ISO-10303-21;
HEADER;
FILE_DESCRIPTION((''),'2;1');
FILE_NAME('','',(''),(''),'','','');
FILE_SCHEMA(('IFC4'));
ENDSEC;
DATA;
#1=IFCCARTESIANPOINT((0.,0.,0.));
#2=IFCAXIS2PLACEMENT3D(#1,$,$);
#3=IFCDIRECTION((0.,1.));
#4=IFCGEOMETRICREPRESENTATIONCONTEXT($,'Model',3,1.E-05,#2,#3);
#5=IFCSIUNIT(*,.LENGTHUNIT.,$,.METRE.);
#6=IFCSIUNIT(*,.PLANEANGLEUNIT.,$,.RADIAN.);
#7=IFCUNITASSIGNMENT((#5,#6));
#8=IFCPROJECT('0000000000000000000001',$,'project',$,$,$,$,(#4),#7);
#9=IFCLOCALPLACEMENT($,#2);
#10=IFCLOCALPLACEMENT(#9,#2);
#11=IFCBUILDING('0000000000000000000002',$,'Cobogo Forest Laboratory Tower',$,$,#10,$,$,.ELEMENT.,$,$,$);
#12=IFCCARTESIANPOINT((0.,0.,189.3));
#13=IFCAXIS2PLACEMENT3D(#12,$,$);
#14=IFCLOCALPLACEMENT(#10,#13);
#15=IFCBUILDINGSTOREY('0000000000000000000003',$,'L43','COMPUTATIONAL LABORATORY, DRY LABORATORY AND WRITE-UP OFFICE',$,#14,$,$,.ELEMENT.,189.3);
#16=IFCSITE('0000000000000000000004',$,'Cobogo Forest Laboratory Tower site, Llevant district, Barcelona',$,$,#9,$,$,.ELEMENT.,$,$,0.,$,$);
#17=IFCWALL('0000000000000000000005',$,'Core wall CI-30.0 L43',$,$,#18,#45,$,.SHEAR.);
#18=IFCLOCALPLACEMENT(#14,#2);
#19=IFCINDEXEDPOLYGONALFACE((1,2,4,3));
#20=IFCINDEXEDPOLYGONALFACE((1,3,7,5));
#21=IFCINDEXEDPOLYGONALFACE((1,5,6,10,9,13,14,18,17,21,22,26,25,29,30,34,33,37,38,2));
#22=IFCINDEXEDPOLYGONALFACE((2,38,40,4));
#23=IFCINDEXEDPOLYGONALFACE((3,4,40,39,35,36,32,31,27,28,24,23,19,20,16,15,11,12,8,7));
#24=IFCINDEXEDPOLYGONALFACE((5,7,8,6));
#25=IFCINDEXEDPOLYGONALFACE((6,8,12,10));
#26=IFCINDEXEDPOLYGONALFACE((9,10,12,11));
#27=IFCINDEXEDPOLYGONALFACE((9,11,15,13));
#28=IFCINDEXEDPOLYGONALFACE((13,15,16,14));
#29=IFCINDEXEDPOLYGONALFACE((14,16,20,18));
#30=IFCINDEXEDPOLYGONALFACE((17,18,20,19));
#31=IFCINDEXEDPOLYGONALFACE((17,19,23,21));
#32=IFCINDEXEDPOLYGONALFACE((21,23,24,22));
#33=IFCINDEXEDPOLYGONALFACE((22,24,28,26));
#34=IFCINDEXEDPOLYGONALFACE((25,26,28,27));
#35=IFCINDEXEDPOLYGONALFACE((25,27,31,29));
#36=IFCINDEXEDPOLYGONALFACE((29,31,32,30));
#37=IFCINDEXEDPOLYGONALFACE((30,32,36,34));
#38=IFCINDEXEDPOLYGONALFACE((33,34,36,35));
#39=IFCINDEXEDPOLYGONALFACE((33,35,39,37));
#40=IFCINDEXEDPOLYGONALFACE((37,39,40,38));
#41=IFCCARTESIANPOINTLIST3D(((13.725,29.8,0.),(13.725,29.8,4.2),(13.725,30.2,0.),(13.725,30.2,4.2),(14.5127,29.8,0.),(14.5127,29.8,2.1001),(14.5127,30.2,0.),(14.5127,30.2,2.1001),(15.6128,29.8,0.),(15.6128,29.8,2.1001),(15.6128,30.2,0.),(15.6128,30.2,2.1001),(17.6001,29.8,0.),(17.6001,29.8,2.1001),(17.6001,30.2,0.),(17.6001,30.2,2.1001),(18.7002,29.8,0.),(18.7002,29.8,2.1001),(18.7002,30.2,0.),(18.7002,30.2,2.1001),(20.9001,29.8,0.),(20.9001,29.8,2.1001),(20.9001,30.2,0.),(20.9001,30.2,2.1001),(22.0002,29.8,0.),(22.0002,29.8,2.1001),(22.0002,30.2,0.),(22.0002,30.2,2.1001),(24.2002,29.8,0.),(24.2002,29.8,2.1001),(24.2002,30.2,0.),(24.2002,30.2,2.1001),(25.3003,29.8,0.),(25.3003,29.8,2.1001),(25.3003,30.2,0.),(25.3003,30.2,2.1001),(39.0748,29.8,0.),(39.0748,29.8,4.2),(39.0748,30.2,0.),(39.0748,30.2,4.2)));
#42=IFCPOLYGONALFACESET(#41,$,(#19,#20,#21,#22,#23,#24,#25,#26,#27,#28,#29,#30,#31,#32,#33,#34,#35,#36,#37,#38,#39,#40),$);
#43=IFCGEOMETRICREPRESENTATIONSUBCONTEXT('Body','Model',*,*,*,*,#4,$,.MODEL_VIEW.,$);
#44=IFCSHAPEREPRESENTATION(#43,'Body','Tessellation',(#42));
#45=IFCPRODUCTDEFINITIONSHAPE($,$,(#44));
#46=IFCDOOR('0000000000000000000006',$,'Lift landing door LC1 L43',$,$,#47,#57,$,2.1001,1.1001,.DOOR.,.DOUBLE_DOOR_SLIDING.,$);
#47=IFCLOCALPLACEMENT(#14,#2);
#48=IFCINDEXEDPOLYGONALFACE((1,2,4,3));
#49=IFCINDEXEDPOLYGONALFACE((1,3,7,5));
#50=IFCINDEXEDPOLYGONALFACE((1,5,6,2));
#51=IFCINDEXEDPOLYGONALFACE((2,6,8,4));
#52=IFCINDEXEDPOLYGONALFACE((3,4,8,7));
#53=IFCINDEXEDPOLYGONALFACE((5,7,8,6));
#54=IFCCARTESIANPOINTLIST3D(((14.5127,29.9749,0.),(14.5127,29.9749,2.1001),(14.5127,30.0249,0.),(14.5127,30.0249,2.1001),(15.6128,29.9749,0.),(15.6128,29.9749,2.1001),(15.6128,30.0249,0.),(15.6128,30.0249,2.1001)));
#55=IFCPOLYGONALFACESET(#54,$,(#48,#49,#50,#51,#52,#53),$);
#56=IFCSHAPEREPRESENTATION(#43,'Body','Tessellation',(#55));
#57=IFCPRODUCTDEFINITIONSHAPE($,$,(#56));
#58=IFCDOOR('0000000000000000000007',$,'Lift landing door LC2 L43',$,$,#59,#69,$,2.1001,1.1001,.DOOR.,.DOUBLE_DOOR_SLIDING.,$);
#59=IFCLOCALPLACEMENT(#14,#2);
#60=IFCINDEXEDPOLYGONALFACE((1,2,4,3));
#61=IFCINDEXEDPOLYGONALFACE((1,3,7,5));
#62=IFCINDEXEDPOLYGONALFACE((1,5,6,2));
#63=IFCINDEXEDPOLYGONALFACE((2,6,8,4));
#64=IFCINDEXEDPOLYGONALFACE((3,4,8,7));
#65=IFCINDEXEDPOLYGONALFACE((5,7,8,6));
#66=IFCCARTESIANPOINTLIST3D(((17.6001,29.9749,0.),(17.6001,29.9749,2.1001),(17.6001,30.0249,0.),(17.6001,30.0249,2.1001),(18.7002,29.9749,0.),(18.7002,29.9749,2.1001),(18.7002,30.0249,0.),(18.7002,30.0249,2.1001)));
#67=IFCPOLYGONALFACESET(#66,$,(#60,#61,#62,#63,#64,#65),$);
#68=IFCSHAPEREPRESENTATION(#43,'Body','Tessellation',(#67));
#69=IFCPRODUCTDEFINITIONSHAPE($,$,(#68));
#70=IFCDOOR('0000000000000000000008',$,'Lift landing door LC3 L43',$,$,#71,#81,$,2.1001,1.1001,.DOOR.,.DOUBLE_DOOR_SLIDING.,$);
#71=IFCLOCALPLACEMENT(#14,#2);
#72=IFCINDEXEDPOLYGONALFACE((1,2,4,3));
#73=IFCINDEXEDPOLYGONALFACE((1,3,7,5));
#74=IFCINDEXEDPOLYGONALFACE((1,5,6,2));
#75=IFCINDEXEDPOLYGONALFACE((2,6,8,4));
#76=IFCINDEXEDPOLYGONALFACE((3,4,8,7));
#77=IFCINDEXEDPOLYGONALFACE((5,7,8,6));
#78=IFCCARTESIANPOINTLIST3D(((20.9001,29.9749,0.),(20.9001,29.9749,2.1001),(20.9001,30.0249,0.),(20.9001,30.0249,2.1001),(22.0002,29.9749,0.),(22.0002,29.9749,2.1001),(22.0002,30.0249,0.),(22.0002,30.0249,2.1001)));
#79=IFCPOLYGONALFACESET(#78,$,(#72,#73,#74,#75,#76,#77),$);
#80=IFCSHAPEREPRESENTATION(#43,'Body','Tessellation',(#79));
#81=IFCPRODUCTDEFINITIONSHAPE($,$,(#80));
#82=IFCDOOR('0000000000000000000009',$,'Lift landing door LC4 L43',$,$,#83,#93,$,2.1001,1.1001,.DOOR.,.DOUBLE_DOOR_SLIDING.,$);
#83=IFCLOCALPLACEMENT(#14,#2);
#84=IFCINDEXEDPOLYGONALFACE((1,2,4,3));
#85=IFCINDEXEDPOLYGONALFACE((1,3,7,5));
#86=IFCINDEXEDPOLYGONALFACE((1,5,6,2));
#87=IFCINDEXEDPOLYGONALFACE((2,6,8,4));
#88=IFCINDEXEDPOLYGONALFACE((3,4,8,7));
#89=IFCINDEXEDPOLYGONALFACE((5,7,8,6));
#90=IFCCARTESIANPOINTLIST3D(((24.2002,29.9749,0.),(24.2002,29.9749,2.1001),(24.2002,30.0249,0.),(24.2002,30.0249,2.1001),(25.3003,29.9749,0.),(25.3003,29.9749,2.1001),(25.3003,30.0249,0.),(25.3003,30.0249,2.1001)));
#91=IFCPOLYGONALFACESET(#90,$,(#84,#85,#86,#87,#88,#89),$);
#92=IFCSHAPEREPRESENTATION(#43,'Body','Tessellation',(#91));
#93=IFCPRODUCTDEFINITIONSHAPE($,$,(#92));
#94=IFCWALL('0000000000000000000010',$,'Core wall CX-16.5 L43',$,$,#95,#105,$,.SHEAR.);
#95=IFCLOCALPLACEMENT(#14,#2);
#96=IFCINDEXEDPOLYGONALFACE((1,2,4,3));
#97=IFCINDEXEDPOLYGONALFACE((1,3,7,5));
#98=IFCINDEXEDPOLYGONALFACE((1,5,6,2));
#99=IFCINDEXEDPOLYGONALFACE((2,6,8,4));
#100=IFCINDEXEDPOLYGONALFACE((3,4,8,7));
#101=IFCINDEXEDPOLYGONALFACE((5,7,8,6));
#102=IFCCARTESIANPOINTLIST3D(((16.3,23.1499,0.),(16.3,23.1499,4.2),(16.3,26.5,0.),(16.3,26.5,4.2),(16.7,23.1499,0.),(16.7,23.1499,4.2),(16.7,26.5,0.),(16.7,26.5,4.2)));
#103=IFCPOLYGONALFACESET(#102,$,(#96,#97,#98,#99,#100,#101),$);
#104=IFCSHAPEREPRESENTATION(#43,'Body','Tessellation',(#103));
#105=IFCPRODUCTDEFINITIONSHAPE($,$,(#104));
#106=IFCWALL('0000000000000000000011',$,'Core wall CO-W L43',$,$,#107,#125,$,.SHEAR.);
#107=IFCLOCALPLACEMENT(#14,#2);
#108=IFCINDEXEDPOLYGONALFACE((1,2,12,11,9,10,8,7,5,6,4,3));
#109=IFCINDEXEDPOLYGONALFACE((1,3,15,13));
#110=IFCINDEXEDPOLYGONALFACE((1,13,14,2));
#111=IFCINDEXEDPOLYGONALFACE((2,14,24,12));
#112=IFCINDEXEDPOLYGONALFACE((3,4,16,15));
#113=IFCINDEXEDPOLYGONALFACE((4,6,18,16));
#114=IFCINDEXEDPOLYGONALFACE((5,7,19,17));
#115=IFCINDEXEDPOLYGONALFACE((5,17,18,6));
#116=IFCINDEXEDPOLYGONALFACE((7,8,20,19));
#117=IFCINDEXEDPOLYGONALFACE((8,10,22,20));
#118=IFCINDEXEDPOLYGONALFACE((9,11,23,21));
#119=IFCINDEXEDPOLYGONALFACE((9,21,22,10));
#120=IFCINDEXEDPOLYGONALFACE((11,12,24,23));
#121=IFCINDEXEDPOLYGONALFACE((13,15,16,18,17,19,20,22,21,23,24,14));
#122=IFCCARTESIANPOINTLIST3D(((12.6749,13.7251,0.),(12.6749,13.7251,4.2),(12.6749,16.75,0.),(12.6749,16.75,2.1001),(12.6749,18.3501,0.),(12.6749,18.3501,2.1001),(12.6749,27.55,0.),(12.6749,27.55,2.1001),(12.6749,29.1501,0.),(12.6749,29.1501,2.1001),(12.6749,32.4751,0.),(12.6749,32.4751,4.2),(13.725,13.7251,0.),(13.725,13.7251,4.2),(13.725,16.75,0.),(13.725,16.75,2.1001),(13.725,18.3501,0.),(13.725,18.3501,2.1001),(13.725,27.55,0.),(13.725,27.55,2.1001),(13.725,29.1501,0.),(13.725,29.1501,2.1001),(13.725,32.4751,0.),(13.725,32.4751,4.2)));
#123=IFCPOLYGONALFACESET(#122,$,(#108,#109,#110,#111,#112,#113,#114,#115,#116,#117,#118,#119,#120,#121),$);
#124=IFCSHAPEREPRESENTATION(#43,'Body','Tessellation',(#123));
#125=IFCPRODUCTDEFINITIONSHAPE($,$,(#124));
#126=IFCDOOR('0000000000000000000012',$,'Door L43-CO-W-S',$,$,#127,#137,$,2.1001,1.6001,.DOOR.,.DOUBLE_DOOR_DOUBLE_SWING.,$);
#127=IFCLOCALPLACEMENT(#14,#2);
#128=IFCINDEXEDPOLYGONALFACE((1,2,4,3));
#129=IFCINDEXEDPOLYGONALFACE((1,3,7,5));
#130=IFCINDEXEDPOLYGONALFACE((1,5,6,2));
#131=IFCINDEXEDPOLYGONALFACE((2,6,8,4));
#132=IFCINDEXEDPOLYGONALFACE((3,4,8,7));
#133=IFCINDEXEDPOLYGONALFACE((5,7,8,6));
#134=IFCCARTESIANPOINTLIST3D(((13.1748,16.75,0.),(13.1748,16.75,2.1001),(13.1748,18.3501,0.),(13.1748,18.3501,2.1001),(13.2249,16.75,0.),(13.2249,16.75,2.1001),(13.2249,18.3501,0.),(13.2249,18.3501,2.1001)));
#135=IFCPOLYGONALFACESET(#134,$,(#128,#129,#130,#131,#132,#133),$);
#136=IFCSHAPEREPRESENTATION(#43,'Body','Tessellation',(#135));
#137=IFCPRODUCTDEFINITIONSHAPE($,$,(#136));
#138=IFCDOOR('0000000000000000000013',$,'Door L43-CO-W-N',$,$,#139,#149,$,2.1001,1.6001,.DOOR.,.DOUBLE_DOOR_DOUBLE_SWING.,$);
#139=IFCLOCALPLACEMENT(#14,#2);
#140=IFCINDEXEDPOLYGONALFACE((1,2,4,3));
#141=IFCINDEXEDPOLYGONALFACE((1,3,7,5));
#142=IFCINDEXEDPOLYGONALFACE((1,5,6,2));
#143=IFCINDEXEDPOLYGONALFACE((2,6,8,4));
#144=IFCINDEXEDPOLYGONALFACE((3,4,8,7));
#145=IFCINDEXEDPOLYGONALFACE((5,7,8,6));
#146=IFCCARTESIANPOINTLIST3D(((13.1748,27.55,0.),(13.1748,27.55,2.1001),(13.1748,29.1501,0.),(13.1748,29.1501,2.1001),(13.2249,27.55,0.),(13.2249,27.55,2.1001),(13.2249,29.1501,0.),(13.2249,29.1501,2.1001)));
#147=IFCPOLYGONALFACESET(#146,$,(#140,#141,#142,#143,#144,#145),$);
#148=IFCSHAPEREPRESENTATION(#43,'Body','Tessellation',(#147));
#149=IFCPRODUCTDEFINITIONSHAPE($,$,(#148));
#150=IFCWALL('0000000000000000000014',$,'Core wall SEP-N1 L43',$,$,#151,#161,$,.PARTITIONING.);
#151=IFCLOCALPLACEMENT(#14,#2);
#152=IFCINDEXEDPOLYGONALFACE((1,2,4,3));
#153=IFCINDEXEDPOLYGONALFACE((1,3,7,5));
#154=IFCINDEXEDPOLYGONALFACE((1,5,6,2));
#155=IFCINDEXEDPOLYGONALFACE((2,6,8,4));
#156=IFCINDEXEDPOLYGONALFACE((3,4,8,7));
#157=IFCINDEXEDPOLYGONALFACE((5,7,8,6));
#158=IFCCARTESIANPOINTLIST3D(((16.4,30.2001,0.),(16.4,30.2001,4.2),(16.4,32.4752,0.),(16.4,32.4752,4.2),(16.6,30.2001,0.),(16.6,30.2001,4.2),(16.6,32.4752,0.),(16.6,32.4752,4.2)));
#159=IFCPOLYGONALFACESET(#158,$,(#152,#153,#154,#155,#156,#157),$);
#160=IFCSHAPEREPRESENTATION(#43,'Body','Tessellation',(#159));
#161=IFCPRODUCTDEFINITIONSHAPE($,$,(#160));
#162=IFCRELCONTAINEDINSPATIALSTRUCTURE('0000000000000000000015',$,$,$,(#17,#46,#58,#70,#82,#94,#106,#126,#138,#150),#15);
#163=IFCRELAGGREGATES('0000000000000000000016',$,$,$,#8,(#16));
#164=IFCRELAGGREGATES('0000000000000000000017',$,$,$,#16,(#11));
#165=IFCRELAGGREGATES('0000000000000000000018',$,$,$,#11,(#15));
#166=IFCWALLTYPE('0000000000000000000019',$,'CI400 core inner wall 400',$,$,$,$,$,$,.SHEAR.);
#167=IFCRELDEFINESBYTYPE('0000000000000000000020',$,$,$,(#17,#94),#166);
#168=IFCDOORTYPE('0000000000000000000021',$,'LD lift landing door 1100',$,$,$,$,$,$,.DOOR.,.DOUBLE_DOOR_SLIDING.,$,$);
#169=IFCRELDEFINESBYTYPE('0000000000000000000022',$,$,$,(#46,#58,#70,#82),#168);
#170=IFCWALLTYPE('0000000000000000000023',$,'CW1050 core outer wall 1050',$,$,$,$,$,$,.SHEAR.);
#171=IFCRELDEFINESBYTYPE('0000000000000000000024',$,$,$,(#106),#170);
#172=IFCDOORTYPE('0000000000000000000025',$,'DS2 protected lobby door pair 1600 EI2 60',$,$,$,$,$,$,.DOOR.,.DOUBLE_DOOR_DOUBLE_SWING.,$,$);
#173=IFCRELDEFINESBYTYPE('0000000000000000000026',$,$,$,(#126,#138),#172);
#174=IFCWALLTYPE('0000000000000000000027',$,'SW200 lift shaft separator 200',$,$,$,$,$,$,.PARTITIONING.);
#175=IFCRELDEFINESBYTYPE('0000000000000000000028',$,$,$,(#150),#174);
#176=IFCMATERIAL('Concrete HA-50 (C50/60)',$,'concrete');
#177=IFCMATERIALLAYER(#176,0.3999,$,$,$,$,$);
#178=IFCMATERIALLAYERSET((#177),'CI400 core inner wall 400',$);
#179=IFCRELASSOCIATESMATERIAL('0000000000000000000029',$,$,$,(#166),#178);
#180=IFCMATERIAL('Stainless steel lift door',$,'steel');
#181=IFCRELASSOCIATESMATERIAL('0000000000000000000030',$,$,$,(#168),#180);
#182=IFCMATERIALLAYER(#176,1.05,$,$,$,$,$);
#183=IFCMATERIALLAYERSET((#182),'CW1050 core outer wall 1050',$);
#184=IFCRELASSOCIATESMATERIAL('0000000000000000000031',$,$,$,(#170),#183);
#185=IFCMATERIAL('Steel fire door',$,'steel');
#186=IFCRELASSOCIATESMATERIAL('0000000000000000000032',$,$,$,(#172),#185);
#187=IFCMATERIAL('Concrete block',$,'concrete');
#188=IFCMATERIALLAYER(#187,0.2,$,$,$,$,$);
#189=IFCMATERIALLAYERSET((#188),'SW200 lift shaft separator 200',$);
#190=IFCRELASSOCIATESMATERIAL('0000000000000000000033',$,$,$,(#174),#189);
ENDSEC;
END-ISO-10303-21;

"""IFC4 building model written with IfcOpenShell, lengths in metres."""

from ifc_helpers import new_model, si_unit, direction, frame, frame_2d, origin, place, context, subcontext, project, spatial, rectangle, extrude, material, layer, layer_set, type_object, element, fill, save


model = new_model("IFC4")

# Units and contexts
model_context = context("Model", 3, precision=1e-05, world=origin(), true_north=direction((0.0, 1.0)))
body_context = subcontext(model_context, "Body", "Model", "MODEL_VIEW")
ifc_project = project(units=[si_unit("LENGTHUNIT", "METRE"), si_unit("PLANEANGLEUNIT", "RADIAN")], contexts=[model_context])

# Site, building, storey
site_placement = place(None, origin())
site = spatial("IfcSite", under=ifc_project, at=site_placement, Name="Cobogo Forest Laboratory Tower site, Llevant district, Barcelona", CompositionType="ELEMENT", RefElevation=0.0)
building_placement = place(site_placement, origin())
building = spatial("IfcBuilding", under=site, at=building_placement, Name="Cobogo Forest Laboratory Tower", CompositionType="ELEMENT")
storey_placement = place(building_placement, frame((0.0, 0.0, 189.3)))
storey = spatial("IfcBuildingStorey", under=building, at=storey_placement, Name="L43", Description="COMPUTATIONAL LABORATORY, DRY LABORATORY AND WRITE-UP OFFICE", CompositionType="ELEMENT", Elevation=189.3)

# Wall, openings, doors
ifc_material_1 = material(Name="Concrete HA-50 (C50/60)", Category="concrete")
ifc_layer_1 = layer(ifc_material_1, 0.3999)
ifc_layer_set_1 = layer_set([ifc_layer_1], Name="CI400 core inner wall 400")
wall_type_1 = type_object("IfcWallType", Name="CI400 core inner wall 400", PredefinedType="SHEAR", material=ifc_layer_set_1)
ifc_material_2 = material(Name="Steel fire door", Category="steel")
ifc_material_3 = material(Name="Stainless steel lift door", Category="steel")
door_type_1 = type_object("IfcDoorType", Name="LD lift landing door 1100", OperationType="DOUBLE_DOOR_SLIDING", PredefinedType="DOOR", material=ifc_material_3)
wall_1_placement = place(storey_placement, frame((13.7251, 30.0, 0.0), z_axis=(0.0, 0.0, 1.0), x_axis=(1.0, 0.0, 0.0)))
wall_1 = element("IfcWall", 1, at=wall_1_placement, inside=storey, type_object=wall_type_1, Name="Core wall CI-30.0 L43", PredefinedType="SHEAR", context=body_context, shape_type="SweptSolid", body=[
    extrude(rectangle(XDim=25.3499, YDim=0.3999, at=frame_2d((12.6748, 0.0))), origin(), (0.0, 0.0, 1.0), 4.2),
])
opening_1_placement = place(wall_1_placement, frame((0.7876, 0.0, 0.0)))
opening_1 = element("IfcOpeningElement", 2, at=opening_1_placement, cuts=wall_1, PredefinedType="OPENING", context=body_context, shape_type="SweptSolid", body=[
    extrude(rectangle(XDim=1.1001, YDim=2.1001, at=frame_2d((0.55, 1.05))), frame((0.0, 0.21, 0.0), z_axis=(0.0, -1.0, 0.0), x_axis=(1.0, 0.0, 0.0)), (0.0, 0.0, 1.0), 0.4199),
])
opening_2_placement = place(wall_1_placement, frame((3.875, 0.0, 0.0)))
opening_2 = element("IfcOpeningElement", 3, at=opening_2_placement, cuts=wall_1, PredefinedType="OPENING", context=body_context, shape_type="SweptSolid", body=[
    extrude(rectangle(XDim=1.1001, YDim=2.1001, at=frame_2d((0.55, 1.05))), frame((0.0, 0.21, 0.0), z_axis=(0.0, -1.0, 0.0), x_axis=(1.0, 0.0, 0.0)), (0.0, 0.0, 1.0), 0.4199),
])
opening_3_placement = place(wall_1_placement, frame((7.175, 0.0, 0.0)))
opening_3 = element("IfcOpeningElement", 4, at=opening_3_placement, cuts=wall_1, PredefinedType="OPENING", context=body_context, shape_type="SweptSolid", body=[
    extrude(rectangle(XDim=1.1001, YDim=2.1001, at=frame_2d((0.55, 1.05))), frame((0.0, 0.21, 0.0), z_axis=(0.0, -1.0, 0.0), x_axis=(1.0, 0.0, 0.0)), (0.0, 0.0, 1.0), 0.4199),
])
opening_4_placement = place(wall_1_placement, frame((10.4751, 0.0, 0.0)))
opening_4 = element("IfcOpeningElement", 5, at=opening_4_placement, cuts=wall_1, PredefinedType="OPENING", context=body_context, shape_type="SweptSolid", body=[
    extrude(rectangle(XDim=1.1001, YDim=2.1001, at=frame_2d((0.55, 1.05))), frame((0.0, 0.21, 0.0), z_axis=(0.0, -1.0, 0.0), x_axis=(1.0, 0.0, 0.0)), (0.0, 0.0, 1.0), 0.4199),
])
door_1_placement = place(opening_1_placement, origin())
door_1 = element("IfcDoor", 6, at=door_1_placement, inside=storey, type_object=door_type_1, Name="Lift landing door LC1 L43", OperationType="DOUBLE_DOOR_SLIDING", OverallHeight=2.1001, OverallWidth=1.1001, PredefinedType="DOOR", context=body_context, shape_type="SweptSolid", body=[
    extrude(rectangle(XDim=1.1001, YDim=2.1001, at=frame_2d((0.55, 1.05))), frame((0.0, 0.0249, 0.0), z_axis=(0.0, -1.0, 0.0), x_axis=(1.0, 0.0, 0.0)), (0.0, 0.0, 1.0), 0.05),
])
fill(opening_1, door_1)
door_2_placement = place(opening_2_placement, origin())
door_2 = element("IfcDoor", 7, at=door_2_placement, inside=storey, type_object=door_type_1, Name="Lift landing door LC2 L43", OperationType="DOUBLE_DOOR_SLIDING", OverallHeight=2.1001, OverallWidth=1.1001, PredefinedType="DOOR", context=body_context, shape_type="SweptSolid", body=[
    extrude(rectangle(XDim=1.1001, YDim=2.1001, at=frame_2d((0.55, 1.05))), frame((0.0, 0.0249, 0.0), z_axis=(0.0, -1.0, 0.0), x_axis=(1.0, 0.0, 0.0)), (0.0, 0.0, 1.0), 0.05),
])
fill(opening_2, door_2)
door_3_placement = place(opening_3_placement, origin())
door_3 = element("IfcDoor", 8, at=door_3_placement, inside=storey, type_object=door_type_1, Name="Lift landing door LC3 L43", OperationType="DOUBLE_DOOR_SLIDING", OverallHeight=2.1001, OverallWidth=1.1001, PredefinedType="DOOR", context=body_context, shape_type="SweptSolid", body=[
    extrude(rectangle(XDim=1.1001, YDim=2.1001, at=frame_2d((0.55, 1.05))), frame((0.0, 0.0249, 0.0), z_axis=(0.0, -1.0, 0.0), x_axis=(1.0, 0.0, 0.0)), (0.0, 0.0, 1.0), 0.05),
])
fill(opening_3, door_3)
door_4_placement = place(opening_4_placement, origin())
door_4 = element("IfcDoor", 9, at=door_4_placement, inside=storey, type_object=door_type_1, Name="Lift landing door LC4 L43", OperationType="DOUBLE_DOOR_SLIDING", OverallHeight=2.1001, OverallWidth=1.1001, PredefinedType="DOOR", context=body_context, shape_type="SweptSolid", body=[
    extrude(rectangle(XDim=1.1001, YDim=2.1001, at=frame_2d((0.55, 1.05))), frame((0.0, 0.0249, 0.0), z_axis=(0.0, -1.0, 0.0), x_axis=(1.0, 0.0, 0.0)), (0.0, 0.0, 1.0), 0.05),
])
fill(opening_4, door_4)

# Wall
wall_2_placement = place(storey_placement, frame((16.5, 23.1499, 0.0), z_axis=(0.0, 0.0, 1.0), x_axis=(0.0, 1.0, 0.0)))
element("IfcWall", 10, at=wall_2_placement, inside=storey, type_object=wall_type_1, Name="Core wall CX-16.5 L43", PredefinedType="SHEAR", context=body_context, shape_type="SweptSolid", body=[
    extrude(rectangle(XDim=3.3501, YDim=0.3999, at=frame_2d((1.675, 0.0))), origin(), (0.0, 0.0, 1.0), 4.2),
])

# Wall, openings, doors
ifc_layer_2 = layer(ifc_material_1, 1.05)
ifc_layer_set_2 = layer_set([ifc_layer_2], Name="CW1050 core outer wall 1050")
wall_type_2 = type_object("IfcWallType", Name="CW1050 core outer wall 1050", PredefinedType="SHEAR", material=ifc_layer_set_2)
wall_3_placement = place(storey_placement, frame((13.2, 32.4751, 0.0), z_axis=(0.0, 0.0, 1.0), x_axis=(0.0, -1.0, 0.0)))
wall_3 = element("IfcWall", 11, at=wall_3_placement, inside=storey, type_object=wall_type_2, Name="Core wall CO-W L43", PredefinedType="SHEAR", context=body_context, shape_type="SweptSolid", body=[
    extrude(rectangle(XDim=18.75, YDim=1.05, at=frame_2d((9.375, 0.0))), origin(), (0.0, 0.0, 1.0), 4.2),
])
opening_5_placement = place(wall_3_placement, frame((14.125, 0.0, 0.0)))
opening_5 = element("IfcOpeningElement", 12, at=opening_5_placement, cuts=wall_3, PredefinedType="OPENING", context=body_context, shape_type="SweptSolid", body=[
    extrude(rectangle(XDim=1.6001, YDim=2.1001, at=frame_2d((0.8, 1.05))), frame((0.0, 0.5349, 0.0), z_axis=(0.0, -1.0, 0.0), x_axis=(1.0, 0.0, 0.0)), (0.0, 0.0, 1.0), 1.0701),
])
opening_6_placement = place(wall_3_placement, frame((3.325, 0.0, 0.0)))
opening_6 = element("IfcOpeningElement", 13, at=opening_6_placement, cuts=wall_3, PredefinedType="OPENING", context=body_context, shape_type="SweptSolid", body=[
    extrude(rectangle(XDim=1.6001, YDim=2.1001, at=frame_2d((0.8, 1.05))), frame((0.0, 0.5349, 0.0), z_axis=(0.0, -1.0, 0.0), x_axis=(1.0, 0.0, 0.0)), (0.0, 0.0, 1.0), 1.0701),
])
door_type_2 = type_object("IfcDoorType", Name="DS2 protected lobby door pair 1600 EI2 60", OperationType="DOUBLE_DOOR_DOUBLE_SWING", PredefinedType="DOOR", material=ifc_material_2)
door_5_placement = place(opening_5_placement, origin())
door_5 = element("IfcDoor", 14, at=door_5_placement, inside=storey, type_object=door_type_2, Name="Door L43-CO-W-S", OperationType="DOUBLE_DOOR_DOUBLE_SWING", OverallHeight=2.1001, OverallWidth=1.6001, PredefinedType="DOOR", context=body_context, shape_type="SweptSolid", body=[
    extrude(rectangle(XDim=1.6001, YDim=2.1001, at=frame_2d((0.8, 1.05))), frame((0.0, 0.0249, 0.0), z_axis=(0.0, -1.0, 0.0), x_axis=(1.0, 0.0, 0.0)), (0.0, 0.0, 1.0), 0.05),
])
fill(opening_5, door_5)
door_6_placement = place(opening_6_placement, origin())
door_6 = element("IfcDoor", 15, at=door_6_placement, inside=storey, type_object=door_type_2, Name="Door L43-CO-W-N", OperationType="DOUBLE_DOOR_DOUBLE_SWING", OverallHeight=2.1001, OverallWidth=1.6001, PredefinedType="DOOR", context=body_context, shape_type="SweptSolid", body=[
    extrude(rectangle(XDim=1.6001, YDim=2.1001, at=frame_2d((0.8, 1.05))), frame((0.0, 0.0249, 0.0), z_axis=(0.0, -1.0, 0.0), x_axis=(1.0, 0.0, 0.0)), (0.0, 0.0, 1.0), 0.05),
])
fill(opening_6, door_6)

# Wall
ifc_material_4 = material(Name="Concrete block", Category="concrete")
ifc_layer_3 = layer(ifc_material_4, 0.2)
ifc_layer_set_3 = layer_set([ifc_layer_3], Name="SW200 lift shaft separator 200")
wall_type_3 = type_object("IfcWallType", Name="SW200 lift shaft separator 200", PredefinedType="PARTITIONING", material=ifc_layer_set_3)
for number, where, z_axis, x_axis, name in (
    (16, (16.5, 30.2, 0.0), (0.0, 0.0, 1.0), (0.0, 1.0, 0.0), "Core wall SEP-N1 L43"),
):
    element("IfcWall", number, at=place(storey_placement, frame(where, z_axis=z_axis, x_axis=x_axis)), inside=storey, type_object=wall_type_3, Name=name, PredefinedType="PARTITIONING", context=body_context, shape_type="SweptSolid", body=[
        extrude(rectangle(XDim=2.2751, YDim=0.2, at=frame_2d((1.1377, 0.0))), origin(), (0.0, 0.0, 1.0), 4.2),
    ])

save(model, "model.ifc")
